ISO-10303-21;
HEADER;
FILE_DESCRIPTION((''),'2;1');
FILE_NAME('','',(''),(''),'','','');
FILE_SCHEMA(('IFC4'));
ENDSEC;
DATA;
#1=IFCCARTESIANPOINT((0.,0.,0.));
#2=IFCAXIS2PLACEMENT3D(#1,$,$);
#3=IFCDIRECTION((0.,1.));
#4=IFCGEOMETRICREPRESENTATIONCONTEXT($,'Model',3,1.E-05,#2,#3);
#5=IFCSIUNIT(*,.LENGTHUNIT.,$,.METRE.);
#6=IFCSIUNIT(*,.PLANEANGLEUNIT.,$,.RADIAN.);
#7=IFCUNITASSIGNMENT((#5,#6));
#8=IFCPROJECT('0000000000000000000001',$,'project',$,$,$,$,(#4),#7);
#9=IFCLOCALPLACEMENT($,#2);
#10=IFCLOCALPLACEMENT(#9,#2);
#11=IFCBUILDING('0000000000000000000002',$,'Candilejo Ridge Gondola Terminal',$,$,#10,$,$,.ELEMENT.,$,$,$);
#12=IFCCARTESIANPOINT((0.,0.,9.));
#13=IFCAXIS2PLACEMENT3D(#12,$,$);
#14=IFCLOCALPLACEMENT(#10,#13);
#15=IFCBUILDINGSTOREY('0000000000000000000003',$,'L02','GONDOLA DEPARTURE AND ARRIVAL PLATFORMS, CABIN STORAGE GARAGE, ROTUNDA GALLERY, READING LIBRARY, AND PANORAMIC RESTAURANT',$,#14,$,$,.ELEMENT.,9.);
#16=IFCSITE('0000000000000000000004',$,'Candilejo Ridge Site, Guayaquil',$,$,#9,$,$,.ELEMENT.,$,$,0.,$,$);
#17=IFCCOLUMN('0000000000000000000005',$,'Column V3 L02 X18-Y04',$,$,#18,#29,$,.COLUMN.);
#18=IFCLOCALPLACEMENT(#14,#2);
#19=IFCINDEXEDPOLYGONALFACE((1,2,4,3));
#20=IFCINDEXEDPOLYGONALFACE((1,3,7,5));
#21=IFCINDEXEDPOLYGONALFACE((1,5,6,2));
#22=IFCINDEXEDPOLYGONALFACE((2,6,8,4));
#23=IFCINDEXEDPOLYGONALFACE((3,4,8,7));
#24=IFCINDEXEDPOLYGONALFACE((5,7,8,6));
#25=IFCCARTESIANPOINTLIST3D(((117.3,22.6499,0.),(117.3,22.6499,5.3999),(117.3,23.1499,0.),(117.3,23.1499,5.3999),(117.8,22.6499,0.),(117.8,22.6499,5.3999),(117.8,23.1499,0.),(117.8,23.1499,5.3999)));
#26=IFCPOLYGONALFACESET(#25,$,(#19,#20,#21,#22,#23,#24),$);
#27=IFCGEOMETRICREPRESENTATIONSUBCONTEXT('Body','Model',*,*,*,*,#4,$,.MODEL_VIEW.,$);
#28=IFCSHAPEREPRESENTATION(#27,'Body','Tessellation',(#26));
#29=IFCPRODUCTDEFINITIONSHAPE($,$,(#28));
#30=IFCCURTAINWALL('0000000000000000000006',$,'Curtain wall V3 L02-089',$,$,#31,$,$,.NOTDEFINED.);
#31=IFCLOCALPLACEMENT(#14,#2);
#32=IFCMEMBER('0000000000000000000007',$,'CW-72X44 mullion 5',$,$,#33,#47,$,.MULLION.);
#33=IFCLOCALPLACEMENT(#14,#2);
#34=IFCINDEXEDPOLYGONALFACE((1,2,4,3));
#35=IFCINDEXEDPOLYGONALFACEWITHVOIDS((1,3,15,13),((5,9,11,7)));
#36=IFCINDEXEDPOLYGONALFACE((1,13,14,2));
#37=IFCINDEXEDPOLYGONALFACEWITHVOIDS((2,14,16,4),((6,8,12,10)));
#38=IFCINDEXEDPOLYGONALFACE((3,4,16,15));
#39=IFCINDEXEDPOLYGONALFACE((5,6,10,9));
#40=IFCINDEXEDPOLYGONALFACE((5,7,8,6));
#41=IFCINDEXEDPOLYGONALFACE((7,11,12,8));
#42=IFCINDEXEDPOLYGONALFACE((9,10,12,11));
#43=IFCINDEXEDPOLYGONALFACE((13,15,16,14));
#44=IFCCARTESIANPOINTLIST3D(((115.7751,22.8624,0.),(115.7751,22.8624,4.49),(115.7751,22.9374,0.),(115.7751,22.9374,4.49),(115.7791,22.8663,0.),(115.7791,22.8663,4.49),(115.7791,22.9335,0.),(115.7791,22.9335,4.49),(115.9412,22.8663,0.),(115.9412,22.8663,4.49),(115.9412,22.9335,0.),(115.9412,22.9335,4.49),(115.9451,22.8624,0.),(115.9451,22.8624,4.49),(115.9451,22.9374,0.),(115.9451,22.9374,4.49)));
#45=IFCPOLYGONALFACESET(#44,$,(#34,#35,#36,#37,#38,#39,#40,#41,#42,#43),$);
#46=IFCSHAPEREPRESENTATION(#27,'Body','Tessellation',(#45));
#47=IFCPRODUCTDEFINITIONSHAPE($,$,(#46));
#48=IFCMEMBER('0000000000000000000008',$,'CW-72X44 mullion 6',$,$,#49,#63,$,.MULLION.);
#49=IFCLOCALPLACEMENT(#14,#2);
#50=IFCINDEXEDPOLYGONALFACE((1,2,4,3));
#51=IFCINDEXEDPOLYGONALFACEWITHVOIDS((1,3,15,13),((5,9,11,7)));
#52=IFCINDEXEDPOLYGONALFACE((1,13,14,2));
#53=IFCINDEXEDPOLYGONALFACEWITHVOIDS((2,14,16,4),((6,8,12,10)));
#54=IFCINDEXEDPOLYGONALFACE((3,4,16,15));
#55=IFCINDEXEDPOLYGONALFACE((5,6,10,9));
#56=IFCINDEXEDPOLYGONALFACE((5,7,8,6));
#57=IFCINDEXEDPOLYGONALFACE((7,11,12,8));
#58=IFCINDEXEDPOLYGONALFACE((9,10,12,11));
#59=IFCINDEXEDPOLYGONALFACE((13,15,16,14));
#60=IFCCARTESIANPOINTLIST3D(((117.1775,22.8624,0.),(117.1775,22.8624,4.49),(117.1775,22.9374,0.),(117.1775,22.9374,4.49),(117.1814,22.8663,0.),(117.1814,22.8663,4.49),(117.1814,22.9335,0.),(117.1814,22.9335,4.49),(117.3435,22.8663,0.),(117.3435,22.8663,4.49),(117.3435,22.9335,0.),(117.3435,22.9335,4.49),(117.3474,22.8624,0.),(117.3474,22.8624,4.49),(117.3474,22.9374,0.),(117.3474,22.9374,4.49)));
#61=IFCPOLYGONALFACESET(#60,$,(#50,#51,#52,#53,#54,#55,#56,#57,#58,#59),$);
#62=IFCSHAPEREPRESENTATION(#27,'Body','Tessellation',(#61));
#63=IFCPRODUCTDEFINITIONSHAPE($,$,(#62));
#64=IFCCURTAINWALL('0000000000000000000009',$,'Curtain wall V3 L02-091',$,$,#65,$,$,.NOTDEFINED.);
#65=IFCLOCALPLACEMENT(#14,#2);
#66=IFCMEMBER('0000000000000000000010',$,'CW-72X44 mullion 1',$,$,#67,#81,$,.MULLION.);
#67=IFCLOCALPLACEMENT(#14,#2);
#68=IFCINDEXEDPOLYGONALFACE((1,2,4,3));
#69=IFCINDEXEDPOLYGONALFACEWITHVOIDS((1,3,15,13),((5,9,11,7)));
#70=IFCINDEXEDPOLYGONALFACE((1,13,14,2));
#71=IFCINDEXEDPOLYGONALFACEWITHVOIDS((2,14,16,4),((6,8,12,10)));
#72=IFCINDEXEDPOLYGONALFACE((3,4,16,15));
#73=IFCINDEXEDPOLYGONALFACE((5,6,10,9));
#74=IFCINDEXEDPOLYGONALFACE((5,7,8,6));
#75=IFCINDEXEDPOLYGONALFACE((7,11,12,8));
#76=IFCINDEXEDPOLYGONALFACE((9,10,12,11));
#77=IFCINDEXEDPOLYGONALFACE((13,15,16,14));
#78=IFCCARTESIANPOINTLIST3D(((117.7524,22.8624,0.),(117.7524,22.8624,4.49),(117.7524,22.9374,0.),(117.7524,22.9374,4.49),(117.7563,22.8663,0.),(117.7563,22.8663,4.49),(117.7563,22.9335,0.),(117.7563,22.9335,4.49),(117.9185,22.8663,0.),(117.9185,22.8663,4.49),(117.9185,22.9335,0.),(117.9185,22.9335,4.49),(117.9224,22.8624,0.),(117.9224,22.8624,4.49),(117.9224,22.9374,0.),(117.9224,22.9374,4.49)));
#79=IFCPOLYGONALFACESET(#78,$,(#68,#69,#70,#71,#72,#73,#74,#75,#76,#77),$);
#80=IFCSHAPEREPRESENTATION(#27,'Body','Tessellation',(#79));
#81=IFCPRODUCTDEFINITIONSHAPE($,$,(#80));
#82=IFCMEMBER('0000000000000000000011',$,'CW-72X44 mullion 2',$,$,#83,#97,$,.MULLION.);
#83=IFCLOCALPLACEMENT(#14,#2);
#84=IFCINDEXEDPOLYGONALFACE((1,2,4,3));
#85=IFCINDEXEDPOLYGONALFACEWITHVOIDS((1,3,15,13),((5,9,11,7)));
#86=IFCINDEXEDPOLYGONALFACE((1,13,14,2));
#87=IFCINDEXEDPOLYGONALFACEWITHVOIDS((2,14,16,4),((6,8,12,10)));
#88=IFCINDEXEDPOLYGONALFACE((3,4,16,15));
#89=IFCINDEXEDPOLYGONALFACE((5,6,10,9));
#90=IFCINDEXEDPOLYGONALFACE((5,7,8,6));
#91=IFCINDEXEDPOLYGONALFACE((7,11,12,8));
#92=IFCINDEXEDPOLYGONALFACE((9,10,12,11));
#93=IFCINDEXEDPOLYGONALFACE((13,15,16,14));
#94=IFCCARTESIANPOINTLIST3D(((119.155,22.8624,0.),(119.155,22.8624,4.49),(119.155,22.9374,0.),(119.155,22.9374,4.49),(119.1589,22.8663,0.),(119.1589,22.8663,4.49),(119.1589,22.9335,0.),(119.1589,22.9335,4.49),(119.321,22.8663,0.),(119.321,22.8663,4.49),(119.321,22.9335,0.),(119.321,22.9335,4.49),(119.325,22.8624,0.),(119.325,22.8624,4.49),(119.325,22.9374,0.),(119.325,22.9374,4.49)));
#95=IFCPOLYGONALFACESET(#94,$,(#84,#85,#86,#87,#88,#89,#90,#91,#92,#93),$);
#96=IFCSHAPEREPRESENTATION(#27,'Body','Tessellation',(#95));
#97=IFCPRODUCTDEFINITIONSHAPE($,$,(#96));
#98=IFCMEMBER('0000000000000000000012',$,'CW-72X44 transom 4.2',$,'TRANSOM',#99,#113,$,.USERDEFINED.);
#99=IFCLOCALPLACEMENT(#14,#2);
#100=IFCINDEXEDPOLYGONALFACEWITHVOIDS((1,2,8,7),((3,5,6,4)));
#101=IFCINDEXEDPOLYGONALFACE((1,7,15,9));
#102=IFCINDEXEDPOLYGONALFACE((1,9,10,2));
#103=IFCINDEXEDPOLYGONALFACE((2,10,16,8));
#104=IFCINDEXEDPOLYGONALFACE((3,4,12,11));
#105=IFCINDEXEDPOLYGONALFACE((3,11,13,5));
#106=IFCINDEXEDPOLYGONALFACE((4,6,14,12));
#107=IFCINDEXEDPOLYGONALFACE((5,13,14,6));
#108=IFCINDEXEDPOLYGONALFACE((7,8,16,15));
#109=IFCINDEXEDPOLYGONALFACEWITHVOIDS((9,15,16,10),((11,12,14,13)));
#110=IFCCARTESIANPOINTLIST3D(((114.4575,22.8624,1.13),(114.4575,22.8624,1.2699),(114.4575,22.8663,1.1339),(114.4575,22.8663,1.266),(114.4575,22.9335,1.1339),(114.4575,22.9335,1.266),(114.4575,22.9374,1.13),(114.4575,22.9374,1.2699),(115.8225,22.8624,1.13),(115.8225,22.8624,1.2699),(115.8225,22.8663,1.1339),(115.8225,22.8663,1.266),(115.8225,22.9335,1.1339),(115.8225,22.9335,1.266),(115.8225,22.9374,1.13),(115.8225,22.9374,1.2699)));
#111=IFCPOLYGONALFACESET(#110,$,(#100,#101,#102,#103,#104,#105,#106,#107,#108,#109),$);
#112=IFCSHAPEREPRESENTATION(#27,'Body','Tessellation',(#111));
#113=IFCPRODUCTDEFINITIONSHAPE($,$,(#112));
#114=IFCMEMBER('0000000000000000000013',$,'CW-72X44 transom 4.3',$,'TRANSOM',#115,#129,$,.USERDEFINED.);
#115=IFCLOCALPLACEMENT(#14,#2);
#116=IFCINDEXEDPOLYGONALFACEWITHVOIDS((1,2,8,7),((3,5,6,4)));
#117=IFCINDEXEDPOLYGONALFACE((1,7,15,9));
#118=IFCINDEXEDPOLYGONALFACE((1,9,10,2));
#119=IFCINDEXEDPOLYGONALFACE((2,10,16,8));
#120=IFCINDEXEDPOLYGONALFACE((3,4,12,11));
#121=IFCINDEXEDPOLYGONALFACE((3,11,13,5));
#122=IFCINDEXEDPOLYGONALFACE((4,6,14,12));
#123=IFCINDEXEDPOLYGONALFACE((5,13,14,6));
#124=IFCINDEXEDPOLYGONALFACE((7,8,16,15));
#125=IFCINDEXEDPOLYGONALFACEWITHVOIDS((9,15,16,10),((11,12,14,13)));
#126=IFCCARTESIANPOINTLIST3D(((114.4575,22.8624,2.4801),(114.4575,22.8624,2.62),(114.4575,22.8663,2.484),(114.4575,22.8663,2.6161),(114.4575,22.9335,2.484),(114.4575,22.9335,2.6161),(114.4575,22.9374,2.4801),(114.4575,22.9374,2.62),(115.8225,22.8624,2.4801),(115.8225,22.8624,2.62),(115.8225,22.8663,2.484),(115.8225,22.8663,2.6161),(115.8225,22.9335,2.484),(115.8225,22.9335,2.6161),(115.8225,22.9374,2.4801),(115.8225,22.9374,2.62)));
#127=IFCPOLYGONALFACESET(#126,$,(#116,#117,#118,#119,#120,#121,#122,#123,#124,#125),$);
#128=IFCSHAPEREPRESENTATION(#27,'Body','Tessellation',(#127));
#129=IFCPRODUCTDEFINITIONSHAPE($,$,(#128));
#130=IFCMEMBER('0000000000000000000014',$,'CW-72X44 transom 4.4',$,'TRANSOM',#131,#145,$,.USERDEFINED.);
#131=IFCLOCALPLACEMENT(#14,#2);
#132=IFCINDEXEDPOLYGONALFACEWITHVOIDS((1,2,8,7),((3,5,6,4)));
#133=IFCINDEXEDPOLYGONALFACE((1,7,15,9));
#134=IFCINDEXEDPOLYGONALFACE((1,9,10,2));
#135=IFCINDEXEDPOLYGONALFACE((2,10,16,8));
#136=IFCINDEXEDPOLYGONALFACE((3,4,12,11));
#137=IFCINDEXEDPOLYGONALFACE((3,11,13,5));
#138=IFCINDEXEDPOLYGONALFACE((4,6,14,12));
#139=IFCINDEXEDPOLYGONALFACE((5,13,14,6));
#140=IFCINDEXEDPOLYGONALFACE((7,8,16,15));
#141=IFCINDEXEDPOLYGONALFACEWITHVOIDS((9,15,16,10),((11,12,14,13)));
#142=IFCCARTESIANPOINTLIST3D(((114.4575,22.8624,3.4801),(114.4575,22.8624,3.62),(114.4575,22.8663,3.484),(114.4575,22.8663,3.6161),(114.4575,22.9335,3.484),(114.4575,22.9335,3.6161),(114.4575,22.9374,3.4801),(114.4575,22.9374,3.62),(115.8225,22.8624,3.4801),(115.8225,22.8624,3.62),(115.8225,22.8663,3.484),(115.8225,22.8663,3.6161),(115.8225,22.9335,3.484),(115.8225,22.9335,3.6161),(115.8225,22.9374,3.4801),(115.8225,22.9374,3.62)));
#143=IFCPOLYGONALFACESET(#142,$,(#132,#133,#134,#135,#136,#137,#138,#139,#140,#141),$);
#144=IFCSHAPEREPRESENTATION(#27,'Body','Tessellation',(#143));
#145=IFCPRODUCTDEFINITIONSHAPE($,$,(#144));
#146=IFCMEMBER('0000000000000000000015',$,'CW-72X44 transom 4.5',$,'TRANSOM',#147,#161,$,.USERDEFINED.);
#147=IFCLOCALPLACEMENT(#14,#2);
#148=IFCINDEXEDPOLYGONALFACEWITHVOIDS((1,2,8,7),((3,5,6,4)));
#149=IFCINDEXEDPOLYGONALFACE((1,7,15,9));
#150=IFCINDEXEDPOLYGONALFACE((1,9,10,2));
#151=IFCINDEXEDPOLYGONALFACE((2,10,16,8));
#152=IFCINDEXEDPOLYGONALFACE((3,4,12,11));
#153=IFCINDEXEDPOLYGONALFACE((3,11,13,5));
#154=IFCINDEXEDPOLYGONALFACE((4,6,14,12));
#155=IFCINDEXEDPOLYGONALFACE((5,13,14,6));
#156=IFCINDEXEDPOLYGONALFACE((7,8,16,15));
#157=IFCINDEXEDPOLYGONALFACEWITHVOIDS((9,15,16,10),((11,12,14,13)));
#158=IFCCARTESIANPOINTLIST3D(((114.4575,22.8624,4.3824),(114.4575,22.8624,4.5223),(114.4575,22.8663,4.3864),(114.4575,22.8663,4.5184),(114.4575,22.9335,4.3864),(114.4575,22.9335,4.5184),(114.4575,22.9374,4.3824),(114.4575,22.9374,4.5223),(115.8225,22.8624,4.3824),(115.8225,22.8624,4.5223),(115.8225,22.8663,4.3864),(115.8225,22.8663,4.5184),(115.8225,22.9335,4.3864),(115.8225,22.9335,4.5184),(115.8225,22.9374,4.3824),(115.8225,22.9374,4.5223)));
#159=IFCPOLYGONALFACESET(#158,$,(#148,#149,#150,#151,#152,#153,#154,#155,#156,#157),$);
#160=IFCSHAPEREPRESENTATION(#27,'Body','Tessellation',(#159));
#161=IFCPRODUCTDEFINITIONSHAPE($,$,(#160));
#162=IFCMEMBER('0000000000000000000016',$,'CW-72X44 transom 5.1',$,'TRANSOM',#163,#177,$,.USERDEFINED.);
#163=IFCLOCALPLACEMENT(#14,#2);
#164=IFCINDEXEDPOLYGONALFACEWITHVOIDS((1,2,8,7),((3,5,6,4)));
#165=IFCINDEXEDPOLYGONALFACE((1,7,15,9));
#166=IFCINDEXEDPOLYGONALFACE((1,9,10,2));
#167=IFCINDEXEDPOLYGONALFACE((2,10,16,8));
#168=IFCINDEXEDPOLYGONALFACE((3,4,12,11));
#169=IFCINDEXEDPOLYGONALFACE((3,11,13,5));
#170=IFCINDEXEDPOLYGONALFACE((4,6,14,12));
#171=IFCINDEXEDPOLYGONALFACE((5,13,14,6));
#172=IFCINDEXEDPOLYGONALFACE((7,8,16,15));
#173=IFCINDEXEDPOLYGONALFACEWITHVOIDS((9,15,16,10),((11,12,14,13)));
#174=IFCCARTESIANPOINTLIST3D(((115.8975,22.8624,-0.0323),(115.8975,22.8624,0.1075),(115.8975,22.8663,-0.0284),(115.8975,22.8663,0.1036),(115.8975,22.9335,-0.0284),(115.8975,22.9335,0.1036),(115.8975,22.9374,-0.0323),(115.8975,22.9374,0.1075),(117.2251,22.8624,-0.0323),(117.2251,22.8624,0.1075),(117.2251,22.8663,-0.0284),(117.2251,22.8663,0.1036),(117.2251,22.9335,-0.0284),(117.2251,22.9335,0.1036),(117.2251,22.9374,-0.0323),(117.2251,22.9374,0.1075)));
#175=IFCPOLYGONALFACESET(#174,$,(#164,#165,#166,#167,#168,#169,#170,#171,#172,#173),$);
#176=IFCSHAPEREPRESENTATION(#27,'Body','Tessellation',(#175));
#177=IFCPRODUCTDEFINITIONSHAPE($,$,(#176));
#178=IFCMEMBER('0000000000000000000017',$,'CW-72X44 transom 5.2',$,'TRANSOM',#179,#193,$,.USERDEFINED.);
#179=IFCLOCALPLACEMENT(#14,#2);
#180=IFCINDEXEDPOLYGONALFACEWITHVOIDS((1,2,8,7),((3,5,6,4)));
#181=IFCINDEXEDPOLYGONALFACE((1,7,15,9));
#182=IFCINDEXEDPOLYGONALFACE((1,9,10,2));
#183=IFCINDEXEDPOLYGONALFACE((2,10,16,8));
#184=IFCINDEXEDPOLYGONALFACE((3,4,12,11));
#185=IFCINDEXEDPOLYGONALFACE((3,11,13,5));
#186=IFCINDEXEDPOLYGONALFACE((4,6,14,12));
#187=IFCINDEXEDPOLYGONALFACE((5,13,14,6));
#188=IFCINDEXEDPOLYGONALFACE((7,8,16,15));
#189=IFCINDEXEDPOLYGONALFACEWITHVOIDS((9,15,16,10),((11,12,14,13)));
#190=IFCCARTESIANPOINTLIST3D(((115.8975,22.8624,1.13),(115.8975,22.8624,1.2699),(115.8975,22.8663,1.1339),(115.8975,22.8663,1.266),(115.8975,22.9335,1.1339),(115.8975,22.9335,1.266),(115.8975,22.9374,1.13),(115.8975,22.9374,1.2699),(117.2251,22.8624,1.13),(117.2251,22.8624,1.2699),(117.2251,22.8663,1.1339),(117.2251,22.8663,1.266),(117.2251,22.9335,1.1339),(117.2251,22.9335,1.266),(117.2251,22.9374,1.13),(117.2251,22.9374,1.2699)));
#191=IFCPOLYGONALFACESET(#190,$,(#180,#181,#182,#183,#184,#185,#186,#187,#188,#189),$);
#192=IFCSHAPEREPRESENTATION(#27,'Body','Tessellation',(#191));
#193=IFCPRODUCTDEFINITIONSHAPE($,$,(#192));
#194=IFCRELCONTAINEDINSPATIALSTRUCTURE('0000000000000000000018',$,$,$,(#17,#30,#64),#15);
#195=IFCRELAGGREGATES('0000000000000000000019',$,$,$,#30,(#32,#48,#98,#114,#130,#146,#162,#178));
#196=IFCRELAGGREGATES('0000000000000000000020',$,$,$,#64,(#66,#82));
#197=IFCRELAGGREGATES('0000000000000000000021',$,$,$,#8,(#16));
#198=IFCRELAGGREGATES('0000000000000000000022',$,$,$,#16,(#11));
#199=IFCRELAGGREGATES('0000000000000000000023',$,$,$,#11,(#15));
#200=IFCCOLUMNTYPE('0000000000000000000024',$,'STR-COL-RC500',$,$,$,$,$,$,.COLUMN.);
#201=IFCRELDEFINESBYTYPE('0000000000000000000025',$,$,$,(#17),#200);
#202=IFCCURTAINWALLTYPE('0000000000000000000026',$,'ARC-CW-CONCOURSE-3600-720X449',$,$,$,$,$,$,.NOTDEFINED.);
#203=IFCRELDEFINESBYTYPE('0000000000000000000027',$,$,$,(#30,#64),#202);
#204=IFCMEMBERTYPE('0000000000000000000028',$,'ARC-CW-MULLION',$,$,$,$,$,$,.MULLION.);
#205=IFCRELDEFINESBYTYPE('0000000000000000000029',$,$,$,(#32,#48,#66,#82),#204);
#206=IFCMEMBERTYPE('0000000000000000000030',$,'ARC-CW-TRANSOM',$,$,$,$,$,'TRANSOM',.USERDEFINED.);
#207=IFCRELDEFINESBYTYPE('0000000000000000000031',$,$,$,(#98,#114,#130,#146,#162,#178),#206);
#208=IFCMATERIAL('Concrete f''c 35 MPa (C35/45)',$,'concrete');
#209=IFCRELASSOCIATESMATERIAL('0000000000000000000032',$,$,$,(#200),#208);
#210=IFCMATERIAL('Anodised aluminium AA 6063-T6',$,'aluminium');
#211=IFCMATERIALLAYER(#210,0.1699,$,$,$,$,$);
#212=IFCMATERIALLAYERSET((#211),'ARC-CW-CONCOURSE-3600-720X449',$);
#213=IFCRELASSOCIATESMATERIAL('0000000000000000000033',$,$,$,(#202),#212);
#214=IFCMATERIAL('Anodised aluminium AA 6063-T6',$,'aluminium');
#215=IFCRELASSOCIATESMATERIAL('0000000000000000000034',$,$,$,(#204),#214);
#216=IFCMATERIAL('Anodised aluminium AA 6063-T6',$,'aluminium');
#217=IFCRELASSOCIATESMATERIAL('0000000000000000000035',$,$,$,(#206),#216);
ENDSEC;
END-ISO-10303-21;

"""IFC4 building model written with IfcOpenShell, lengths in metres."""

from ifc_helpers import new_model, si_unit, direction, frame, origin, origin_2d, place, context, subcontext, project, spatial, rectangle, hollow_rectangle, extrude, material, layer, layer_set, material_profile, profile_set, type_object, element, aggregate, save


model = new_model("IFC4")

# Units and contexts
model_context = context("Model", 3, precision=1e-05, world=origin(), true_north=direction((0.0, 1.0)))
body_context = subcontext(model_context, "Body", "Model", "MODEL_VIEW")
ifc_project = project(units=[si_unit("LENGTHUNIT", "METRE"), si_unit("PLANEANGLEUNIT", "RADIAN")], contexts=[model_context])

# Site, building, storey
site_placement = place(None, origin())
site = spatial("IfcSite", under=ifc_project, at=site_placement, Name="Candilejo Ridge Site, Guayaquil", CompositionType="ELEMENT", RefElevation=0.0)
building_placement = place(site_placement, origin())
building = spatial("IfcBuilding", under=site, at=building_placement, Name="Candilejo Ridge Gondola Terminal", CompositionType="ELEMENT")
storey_placement = place(building_placement, frame((0.0, 0.0, 9.0)))
storey = spatial("IfcBuildingStorey", under=building, at=storey_placement, Name="L02", Description="GONDOLA DEPARTURE AND ARRIVAL PLATFORMS, CABIN STORAGE GARAGE, ROTUNDA GALLERY, READING LIBRARY, AND PANORAMIC RESTAURANT", CompositionType="ELEMENT", Elevation=9.0)

# Column
ifc_material_1 = material(Name="Concrete f'c 35 MPa (C35/45)", Category="concrete")
ifc_material_profile_1 = material_profile(ifc_material_1, rectangle(XDim=0.5, YDim=0.5, at=origin_2d()))
ifc_profile_set_1 = profile_set([ifc_material_profile_1], Name="Concrete f'c 35 MPa (C35/45)")
column_type = type_object("IfcColumnType", Name="STR-COL-RC500", PredefinedType="COLUMN", material=ifc_profile_set_1)
column_placement = place(storey_placement, frame((117.55, 22.8999, 0.0), z_axis=(0.0, 0.0, 1.0), x_axis=(1.0, 0.0, 0.0)))
element("IfcColumn", 1, at=column_placement, inside=storey, type_object=column_type, Name="Column V3 L02 X18-Y04", PredefinedType="COLUMN", context=body_context, shape_type="SweptSolid", body=[
    extrude(rectangle(XDim=0.5, YDim=0.5, at=origin_2d()), origin(), (0.0, 0.0, 1.0), 5.3999),
])

# Curtain walls, members
ifc_material_2 = material(Name="Anodised aluminium AA 6063-T6", Category="aluminium")
ifc_layer_1 = layer(ifc_material_2, 0.1699)
ifc_layer_set_1 = layer_set([ifc_layer_1], Name="ARC-CW-CONCOURSE-3600-720X449")
curtain_wall_type = type_object("IfcCurtainWallType", Name="ARC-CW-CONCOURSE-3600-720X449", PredefinedType="NOTDEFINED", material=ifc_layer_set_1)
curtain_wall_1_placement = place(storey_placement, origin())
curtain_wall_1 = element("IfcCurtainWall", 2, at=curtain_wall_1_placement, inside=storey, type_object=curtain_wall_type, Name="Curtain wall V3 L02-089", PredefinedType="NOTDEFINED")
ifc_material_3 = material(Name="Anodised aluminium AA 6063-T6", Category="aluminium")
ifc_material_profile_2 = material_profile(ifc_material_3, hollow_rectangle(XDim=0.075, YDim=0.1699, WallThickness=0.0039, at=origin_2d()))
ifc_profile_set_2 = profile_set([ifc_material_profile_2], Name="Anodised aluminium AA 6063-T6")
member_type_1 = type_object("IfcMemberType", Name="ARC-CW-MULLION", PredefinedType="MULLION", material=ifc_profile_set_2)
member_1_placement = place(storey_placement, frame((115.8601, 22.8999, 0.0), z_axis=(0.0, 0.0, 1.0), x_axis=(0.0, 1.0, 0.0)))
member_1 = element("IfcMember", 3, at=member_1_placement, type_object=member_type_1, Name="CW-72X44 mullion 5", PredefinedType="MULLION", context=body_context, shape_type="SweptSolid", body=[
    extrude(hollow_rectangle(XDim=0.075, YDim=0.1699, WallThickness=0.0039, at=origin_2d()), origin(), (0.0, 0.0, 1.0), 4.49),
])
member_2_placement = place(storey_placement, frame((117.2625, 22.8999, 0.0), z_axis=(0.0, 0.0, 1.0), x_axis=(0.0, 1.0, 0.0)))
member_2 = element("IfcMember", 4, at=member_2_placement, type_object=member_type_1, Name="CW-72X44 mullion 6", PredefinedType="MULLION", context=body_context, shape_type="SweptSolid", body=[
    extrude(hollow_rectangle(XDim=0.075, YDim=0.1699, WallThickness=0.0039, at=origin_2d()), origin(), (0.0, 0.0, 1.0), 4.49),
])
curtain_wall_2_placement = place(storey_placement, origin())
curtain_wall_2 = element("IfcCurtainWall", 5, at=curtain_wall_2_placement, inside=storey, type_object=curtain_wall_type, Name="Curtain wall V3 L02-091", PredefinedType="NOTDEFINED")
member_3_placement = place(storey_placement, frame((117.8374, 22.8999, 0.0), z_axis=(0.0, 0.0, 1.0), x_axis=(0.0, 1.0, 0.0)))
member_3 = element("IfcMember", 6, at=member_3_placement, type_object=member_type_1, Name="CW-72X44 mullion 1", PredefinedType="MULLION", context=body_context, shape_type="SweptSolid", body=[
    extrude(hollow_rectangle(XDim=0.075, YDim=0.1699, WallThickness=0.0039, at=origin_2d()), origin(), (0.0, 0.0, 1.0), 4.49),
])
member_4_placement = place(storey_placement, frame((119.24, 22.8999, 0.0), z_axis=(0.0, 0.0, 1.0), x_axis=(0.0, 1.0, 0.0)))
member_4 = element("IfcMember", 7, at=member_4_placement, type_object=member_type_1, Name="CW-72X44 mullion 2", PredefinedType="MULLION", context=body_context, shape_type="SweptSolid", body=[
    extrude(hollow_rectangle(XDim=0.075, YDim=0.1699, WallThickness=0.0039, at=origin_2d()), origin(), (0.0, 0.0, 1.0), 4.49),
])

# Members
ifc_material_4 = material(Name="Anodised aluminium AA 6063-T6", Category="aluminium")
ifc_material_profile_3 = material_profile(ifc_material_4, hollow_rectangle(XDim=0.075, YDim=0.1399, WallThickness=0.0039, at=origin_2d()))
ifc_profile_set_3 = profile_set([ifc_material_profile_3], Name="Anodised aluminium AA 6063-T6")
member_type_2 = type_object("IfcMemberType", Name="ARC-CW-TRANSOM", ElementType="TRANSOM", PredefinedType="USERDEFINED", material=ifc_profile_set_3)
member_5_placement = place(storey_placement, frame((114.4575, 22.8999, 1.2), z_axis=(1.0, 0.0, 0.0), x_axis=(0.0, 1.0, 0.0)))
member_5 = element("IfcMember", 8, at=member_5_placement, type_object=member_type_2, Name="CW-72X44 transom 4.2", ObjectType="TRANSOM", PredefinedType="USERDEFINED", context=body_context, shape_type="SweptSolid", body=[
    extrude(hollow_rectangle(XDim=0.075, YDim=0.1399, WallThickness=0.0039, at=origin_2d()), origin(), (0.0, 0.0, 1.0), 1.365),
])
member_6_placement = place(storey_placement, frame((114.4575, 22.8999, 2.55), z_axis=(1.0, 0.0, 0.0), x_axis=(0.0, 1.0, 0.0)))
member_6 = element("IfcMember", 9, at=member_6_placement, type_object=member_type_2, Name="CW-72X44 transom 4.3", ObjectType="TRANSOM", PredefinedType="USERDEFINED", context=body_context, shape_type="SweptSolid", body=[
    extrude(hollow_rectangle(XDim=0.075, YDim=0.1399, WallThickness=0.0039, at=origin_2d()), origin(), (0.0, 0.0, 1.0), 1.365),
])
member_7_placement = place(storey_placement, frame((114.4575, 22.8999, 3.55), z_axis=(1.0, 0.0, 0.0), x_axis=(0.0, 1.0, 0.0)))
member_7 = element("IfcMember", 10, at=member_7_placement, type_object=member_type_2, Name="CW-72X44 transom 4.4", ObjectType="TRANSOM", PredefinedType="USERDEFINED", context=body_context, shape_type="SweptSolid", body=[
    extrude(hollow_rectangle(XDim=0.075, YDim=0.1399, WallThickness=0.0039, at=origin_2d()), origin(), (0.0, 0.0, 1.0), 1.365),
])
member_8_placement = place(storey_placement, frame((114.4575, 22.8999, 4.4524), z_axis=(1.0, 0.0, 0.0), x_axis=(0.0, 1.0, 0.0)))
member_8 = element("IfcMember", 11, at=member_8_placement, type_object=member_type_2, Name="CW-72X44 transom 4.5", ObjectType="TRANSOM", PredefinedType="USERDEFINED", context=body_context, shape_type="SweptSolid", body=[
    extrude(hollow_rectangle(XDim=0.075, YDim=0.1399, WallThickness=0.0039, at=origin_2d()), origin(), (0.0, 0.0, 1.0), 1.365),
])
member_9_placement = place(storey_placement, frame((115.8975, 22.8999, 0.0376), z_axis=(1.0, 0.0, 0.0), x_axis=(0.0, 1.0, 0.0)))
member_9 = element("IfcMember", 12, at=member_9_placement, type_object=member_type_2, Name="CW-72X44 transom 5.1", ObjectType="TRANSOM", PredefinedType="USERDEFINED", context=body_context, shape_type="SweptSolid", body=[
    extrude(hollow_rectangle(XDim=0.075, YDim=0.1399, WallThickness=0.0039, at=origin_2d()), origin(), (0.0, 0.0, 1.0), 1.3276),
])
member_10_placement = place(storey_placement, frame((115.8975, 22.8999, 1.2), z_axis=(1.0, 0.0, 0.0), x_axis=(0.0, 1.0, 0.0)))
member_10 = element("IfcMember", 13, at=member_10_placement, type_object=member_type_2, Name="CW-72X44 transom 5.2", ObjectType="TRANSOM", PredefinedType="USERDEFINED", context=body_context, shape_type="SweptSolid", body=[
    extrude(hollow_rectangle(XDim=0.075, YDim=0.1399, WallThickness=0.0039, at=origin_2d()), origin(), (0.0, 0.0, 1.0), 1.3276),
])

aggregate(curtain_wall_1, [member_1, member_2, member_5, member_6, member_7, member_8, member_9, member_10])
aggregate(curtain_wall_2, [member_3, member_4])

save(model, "model.ifc")
